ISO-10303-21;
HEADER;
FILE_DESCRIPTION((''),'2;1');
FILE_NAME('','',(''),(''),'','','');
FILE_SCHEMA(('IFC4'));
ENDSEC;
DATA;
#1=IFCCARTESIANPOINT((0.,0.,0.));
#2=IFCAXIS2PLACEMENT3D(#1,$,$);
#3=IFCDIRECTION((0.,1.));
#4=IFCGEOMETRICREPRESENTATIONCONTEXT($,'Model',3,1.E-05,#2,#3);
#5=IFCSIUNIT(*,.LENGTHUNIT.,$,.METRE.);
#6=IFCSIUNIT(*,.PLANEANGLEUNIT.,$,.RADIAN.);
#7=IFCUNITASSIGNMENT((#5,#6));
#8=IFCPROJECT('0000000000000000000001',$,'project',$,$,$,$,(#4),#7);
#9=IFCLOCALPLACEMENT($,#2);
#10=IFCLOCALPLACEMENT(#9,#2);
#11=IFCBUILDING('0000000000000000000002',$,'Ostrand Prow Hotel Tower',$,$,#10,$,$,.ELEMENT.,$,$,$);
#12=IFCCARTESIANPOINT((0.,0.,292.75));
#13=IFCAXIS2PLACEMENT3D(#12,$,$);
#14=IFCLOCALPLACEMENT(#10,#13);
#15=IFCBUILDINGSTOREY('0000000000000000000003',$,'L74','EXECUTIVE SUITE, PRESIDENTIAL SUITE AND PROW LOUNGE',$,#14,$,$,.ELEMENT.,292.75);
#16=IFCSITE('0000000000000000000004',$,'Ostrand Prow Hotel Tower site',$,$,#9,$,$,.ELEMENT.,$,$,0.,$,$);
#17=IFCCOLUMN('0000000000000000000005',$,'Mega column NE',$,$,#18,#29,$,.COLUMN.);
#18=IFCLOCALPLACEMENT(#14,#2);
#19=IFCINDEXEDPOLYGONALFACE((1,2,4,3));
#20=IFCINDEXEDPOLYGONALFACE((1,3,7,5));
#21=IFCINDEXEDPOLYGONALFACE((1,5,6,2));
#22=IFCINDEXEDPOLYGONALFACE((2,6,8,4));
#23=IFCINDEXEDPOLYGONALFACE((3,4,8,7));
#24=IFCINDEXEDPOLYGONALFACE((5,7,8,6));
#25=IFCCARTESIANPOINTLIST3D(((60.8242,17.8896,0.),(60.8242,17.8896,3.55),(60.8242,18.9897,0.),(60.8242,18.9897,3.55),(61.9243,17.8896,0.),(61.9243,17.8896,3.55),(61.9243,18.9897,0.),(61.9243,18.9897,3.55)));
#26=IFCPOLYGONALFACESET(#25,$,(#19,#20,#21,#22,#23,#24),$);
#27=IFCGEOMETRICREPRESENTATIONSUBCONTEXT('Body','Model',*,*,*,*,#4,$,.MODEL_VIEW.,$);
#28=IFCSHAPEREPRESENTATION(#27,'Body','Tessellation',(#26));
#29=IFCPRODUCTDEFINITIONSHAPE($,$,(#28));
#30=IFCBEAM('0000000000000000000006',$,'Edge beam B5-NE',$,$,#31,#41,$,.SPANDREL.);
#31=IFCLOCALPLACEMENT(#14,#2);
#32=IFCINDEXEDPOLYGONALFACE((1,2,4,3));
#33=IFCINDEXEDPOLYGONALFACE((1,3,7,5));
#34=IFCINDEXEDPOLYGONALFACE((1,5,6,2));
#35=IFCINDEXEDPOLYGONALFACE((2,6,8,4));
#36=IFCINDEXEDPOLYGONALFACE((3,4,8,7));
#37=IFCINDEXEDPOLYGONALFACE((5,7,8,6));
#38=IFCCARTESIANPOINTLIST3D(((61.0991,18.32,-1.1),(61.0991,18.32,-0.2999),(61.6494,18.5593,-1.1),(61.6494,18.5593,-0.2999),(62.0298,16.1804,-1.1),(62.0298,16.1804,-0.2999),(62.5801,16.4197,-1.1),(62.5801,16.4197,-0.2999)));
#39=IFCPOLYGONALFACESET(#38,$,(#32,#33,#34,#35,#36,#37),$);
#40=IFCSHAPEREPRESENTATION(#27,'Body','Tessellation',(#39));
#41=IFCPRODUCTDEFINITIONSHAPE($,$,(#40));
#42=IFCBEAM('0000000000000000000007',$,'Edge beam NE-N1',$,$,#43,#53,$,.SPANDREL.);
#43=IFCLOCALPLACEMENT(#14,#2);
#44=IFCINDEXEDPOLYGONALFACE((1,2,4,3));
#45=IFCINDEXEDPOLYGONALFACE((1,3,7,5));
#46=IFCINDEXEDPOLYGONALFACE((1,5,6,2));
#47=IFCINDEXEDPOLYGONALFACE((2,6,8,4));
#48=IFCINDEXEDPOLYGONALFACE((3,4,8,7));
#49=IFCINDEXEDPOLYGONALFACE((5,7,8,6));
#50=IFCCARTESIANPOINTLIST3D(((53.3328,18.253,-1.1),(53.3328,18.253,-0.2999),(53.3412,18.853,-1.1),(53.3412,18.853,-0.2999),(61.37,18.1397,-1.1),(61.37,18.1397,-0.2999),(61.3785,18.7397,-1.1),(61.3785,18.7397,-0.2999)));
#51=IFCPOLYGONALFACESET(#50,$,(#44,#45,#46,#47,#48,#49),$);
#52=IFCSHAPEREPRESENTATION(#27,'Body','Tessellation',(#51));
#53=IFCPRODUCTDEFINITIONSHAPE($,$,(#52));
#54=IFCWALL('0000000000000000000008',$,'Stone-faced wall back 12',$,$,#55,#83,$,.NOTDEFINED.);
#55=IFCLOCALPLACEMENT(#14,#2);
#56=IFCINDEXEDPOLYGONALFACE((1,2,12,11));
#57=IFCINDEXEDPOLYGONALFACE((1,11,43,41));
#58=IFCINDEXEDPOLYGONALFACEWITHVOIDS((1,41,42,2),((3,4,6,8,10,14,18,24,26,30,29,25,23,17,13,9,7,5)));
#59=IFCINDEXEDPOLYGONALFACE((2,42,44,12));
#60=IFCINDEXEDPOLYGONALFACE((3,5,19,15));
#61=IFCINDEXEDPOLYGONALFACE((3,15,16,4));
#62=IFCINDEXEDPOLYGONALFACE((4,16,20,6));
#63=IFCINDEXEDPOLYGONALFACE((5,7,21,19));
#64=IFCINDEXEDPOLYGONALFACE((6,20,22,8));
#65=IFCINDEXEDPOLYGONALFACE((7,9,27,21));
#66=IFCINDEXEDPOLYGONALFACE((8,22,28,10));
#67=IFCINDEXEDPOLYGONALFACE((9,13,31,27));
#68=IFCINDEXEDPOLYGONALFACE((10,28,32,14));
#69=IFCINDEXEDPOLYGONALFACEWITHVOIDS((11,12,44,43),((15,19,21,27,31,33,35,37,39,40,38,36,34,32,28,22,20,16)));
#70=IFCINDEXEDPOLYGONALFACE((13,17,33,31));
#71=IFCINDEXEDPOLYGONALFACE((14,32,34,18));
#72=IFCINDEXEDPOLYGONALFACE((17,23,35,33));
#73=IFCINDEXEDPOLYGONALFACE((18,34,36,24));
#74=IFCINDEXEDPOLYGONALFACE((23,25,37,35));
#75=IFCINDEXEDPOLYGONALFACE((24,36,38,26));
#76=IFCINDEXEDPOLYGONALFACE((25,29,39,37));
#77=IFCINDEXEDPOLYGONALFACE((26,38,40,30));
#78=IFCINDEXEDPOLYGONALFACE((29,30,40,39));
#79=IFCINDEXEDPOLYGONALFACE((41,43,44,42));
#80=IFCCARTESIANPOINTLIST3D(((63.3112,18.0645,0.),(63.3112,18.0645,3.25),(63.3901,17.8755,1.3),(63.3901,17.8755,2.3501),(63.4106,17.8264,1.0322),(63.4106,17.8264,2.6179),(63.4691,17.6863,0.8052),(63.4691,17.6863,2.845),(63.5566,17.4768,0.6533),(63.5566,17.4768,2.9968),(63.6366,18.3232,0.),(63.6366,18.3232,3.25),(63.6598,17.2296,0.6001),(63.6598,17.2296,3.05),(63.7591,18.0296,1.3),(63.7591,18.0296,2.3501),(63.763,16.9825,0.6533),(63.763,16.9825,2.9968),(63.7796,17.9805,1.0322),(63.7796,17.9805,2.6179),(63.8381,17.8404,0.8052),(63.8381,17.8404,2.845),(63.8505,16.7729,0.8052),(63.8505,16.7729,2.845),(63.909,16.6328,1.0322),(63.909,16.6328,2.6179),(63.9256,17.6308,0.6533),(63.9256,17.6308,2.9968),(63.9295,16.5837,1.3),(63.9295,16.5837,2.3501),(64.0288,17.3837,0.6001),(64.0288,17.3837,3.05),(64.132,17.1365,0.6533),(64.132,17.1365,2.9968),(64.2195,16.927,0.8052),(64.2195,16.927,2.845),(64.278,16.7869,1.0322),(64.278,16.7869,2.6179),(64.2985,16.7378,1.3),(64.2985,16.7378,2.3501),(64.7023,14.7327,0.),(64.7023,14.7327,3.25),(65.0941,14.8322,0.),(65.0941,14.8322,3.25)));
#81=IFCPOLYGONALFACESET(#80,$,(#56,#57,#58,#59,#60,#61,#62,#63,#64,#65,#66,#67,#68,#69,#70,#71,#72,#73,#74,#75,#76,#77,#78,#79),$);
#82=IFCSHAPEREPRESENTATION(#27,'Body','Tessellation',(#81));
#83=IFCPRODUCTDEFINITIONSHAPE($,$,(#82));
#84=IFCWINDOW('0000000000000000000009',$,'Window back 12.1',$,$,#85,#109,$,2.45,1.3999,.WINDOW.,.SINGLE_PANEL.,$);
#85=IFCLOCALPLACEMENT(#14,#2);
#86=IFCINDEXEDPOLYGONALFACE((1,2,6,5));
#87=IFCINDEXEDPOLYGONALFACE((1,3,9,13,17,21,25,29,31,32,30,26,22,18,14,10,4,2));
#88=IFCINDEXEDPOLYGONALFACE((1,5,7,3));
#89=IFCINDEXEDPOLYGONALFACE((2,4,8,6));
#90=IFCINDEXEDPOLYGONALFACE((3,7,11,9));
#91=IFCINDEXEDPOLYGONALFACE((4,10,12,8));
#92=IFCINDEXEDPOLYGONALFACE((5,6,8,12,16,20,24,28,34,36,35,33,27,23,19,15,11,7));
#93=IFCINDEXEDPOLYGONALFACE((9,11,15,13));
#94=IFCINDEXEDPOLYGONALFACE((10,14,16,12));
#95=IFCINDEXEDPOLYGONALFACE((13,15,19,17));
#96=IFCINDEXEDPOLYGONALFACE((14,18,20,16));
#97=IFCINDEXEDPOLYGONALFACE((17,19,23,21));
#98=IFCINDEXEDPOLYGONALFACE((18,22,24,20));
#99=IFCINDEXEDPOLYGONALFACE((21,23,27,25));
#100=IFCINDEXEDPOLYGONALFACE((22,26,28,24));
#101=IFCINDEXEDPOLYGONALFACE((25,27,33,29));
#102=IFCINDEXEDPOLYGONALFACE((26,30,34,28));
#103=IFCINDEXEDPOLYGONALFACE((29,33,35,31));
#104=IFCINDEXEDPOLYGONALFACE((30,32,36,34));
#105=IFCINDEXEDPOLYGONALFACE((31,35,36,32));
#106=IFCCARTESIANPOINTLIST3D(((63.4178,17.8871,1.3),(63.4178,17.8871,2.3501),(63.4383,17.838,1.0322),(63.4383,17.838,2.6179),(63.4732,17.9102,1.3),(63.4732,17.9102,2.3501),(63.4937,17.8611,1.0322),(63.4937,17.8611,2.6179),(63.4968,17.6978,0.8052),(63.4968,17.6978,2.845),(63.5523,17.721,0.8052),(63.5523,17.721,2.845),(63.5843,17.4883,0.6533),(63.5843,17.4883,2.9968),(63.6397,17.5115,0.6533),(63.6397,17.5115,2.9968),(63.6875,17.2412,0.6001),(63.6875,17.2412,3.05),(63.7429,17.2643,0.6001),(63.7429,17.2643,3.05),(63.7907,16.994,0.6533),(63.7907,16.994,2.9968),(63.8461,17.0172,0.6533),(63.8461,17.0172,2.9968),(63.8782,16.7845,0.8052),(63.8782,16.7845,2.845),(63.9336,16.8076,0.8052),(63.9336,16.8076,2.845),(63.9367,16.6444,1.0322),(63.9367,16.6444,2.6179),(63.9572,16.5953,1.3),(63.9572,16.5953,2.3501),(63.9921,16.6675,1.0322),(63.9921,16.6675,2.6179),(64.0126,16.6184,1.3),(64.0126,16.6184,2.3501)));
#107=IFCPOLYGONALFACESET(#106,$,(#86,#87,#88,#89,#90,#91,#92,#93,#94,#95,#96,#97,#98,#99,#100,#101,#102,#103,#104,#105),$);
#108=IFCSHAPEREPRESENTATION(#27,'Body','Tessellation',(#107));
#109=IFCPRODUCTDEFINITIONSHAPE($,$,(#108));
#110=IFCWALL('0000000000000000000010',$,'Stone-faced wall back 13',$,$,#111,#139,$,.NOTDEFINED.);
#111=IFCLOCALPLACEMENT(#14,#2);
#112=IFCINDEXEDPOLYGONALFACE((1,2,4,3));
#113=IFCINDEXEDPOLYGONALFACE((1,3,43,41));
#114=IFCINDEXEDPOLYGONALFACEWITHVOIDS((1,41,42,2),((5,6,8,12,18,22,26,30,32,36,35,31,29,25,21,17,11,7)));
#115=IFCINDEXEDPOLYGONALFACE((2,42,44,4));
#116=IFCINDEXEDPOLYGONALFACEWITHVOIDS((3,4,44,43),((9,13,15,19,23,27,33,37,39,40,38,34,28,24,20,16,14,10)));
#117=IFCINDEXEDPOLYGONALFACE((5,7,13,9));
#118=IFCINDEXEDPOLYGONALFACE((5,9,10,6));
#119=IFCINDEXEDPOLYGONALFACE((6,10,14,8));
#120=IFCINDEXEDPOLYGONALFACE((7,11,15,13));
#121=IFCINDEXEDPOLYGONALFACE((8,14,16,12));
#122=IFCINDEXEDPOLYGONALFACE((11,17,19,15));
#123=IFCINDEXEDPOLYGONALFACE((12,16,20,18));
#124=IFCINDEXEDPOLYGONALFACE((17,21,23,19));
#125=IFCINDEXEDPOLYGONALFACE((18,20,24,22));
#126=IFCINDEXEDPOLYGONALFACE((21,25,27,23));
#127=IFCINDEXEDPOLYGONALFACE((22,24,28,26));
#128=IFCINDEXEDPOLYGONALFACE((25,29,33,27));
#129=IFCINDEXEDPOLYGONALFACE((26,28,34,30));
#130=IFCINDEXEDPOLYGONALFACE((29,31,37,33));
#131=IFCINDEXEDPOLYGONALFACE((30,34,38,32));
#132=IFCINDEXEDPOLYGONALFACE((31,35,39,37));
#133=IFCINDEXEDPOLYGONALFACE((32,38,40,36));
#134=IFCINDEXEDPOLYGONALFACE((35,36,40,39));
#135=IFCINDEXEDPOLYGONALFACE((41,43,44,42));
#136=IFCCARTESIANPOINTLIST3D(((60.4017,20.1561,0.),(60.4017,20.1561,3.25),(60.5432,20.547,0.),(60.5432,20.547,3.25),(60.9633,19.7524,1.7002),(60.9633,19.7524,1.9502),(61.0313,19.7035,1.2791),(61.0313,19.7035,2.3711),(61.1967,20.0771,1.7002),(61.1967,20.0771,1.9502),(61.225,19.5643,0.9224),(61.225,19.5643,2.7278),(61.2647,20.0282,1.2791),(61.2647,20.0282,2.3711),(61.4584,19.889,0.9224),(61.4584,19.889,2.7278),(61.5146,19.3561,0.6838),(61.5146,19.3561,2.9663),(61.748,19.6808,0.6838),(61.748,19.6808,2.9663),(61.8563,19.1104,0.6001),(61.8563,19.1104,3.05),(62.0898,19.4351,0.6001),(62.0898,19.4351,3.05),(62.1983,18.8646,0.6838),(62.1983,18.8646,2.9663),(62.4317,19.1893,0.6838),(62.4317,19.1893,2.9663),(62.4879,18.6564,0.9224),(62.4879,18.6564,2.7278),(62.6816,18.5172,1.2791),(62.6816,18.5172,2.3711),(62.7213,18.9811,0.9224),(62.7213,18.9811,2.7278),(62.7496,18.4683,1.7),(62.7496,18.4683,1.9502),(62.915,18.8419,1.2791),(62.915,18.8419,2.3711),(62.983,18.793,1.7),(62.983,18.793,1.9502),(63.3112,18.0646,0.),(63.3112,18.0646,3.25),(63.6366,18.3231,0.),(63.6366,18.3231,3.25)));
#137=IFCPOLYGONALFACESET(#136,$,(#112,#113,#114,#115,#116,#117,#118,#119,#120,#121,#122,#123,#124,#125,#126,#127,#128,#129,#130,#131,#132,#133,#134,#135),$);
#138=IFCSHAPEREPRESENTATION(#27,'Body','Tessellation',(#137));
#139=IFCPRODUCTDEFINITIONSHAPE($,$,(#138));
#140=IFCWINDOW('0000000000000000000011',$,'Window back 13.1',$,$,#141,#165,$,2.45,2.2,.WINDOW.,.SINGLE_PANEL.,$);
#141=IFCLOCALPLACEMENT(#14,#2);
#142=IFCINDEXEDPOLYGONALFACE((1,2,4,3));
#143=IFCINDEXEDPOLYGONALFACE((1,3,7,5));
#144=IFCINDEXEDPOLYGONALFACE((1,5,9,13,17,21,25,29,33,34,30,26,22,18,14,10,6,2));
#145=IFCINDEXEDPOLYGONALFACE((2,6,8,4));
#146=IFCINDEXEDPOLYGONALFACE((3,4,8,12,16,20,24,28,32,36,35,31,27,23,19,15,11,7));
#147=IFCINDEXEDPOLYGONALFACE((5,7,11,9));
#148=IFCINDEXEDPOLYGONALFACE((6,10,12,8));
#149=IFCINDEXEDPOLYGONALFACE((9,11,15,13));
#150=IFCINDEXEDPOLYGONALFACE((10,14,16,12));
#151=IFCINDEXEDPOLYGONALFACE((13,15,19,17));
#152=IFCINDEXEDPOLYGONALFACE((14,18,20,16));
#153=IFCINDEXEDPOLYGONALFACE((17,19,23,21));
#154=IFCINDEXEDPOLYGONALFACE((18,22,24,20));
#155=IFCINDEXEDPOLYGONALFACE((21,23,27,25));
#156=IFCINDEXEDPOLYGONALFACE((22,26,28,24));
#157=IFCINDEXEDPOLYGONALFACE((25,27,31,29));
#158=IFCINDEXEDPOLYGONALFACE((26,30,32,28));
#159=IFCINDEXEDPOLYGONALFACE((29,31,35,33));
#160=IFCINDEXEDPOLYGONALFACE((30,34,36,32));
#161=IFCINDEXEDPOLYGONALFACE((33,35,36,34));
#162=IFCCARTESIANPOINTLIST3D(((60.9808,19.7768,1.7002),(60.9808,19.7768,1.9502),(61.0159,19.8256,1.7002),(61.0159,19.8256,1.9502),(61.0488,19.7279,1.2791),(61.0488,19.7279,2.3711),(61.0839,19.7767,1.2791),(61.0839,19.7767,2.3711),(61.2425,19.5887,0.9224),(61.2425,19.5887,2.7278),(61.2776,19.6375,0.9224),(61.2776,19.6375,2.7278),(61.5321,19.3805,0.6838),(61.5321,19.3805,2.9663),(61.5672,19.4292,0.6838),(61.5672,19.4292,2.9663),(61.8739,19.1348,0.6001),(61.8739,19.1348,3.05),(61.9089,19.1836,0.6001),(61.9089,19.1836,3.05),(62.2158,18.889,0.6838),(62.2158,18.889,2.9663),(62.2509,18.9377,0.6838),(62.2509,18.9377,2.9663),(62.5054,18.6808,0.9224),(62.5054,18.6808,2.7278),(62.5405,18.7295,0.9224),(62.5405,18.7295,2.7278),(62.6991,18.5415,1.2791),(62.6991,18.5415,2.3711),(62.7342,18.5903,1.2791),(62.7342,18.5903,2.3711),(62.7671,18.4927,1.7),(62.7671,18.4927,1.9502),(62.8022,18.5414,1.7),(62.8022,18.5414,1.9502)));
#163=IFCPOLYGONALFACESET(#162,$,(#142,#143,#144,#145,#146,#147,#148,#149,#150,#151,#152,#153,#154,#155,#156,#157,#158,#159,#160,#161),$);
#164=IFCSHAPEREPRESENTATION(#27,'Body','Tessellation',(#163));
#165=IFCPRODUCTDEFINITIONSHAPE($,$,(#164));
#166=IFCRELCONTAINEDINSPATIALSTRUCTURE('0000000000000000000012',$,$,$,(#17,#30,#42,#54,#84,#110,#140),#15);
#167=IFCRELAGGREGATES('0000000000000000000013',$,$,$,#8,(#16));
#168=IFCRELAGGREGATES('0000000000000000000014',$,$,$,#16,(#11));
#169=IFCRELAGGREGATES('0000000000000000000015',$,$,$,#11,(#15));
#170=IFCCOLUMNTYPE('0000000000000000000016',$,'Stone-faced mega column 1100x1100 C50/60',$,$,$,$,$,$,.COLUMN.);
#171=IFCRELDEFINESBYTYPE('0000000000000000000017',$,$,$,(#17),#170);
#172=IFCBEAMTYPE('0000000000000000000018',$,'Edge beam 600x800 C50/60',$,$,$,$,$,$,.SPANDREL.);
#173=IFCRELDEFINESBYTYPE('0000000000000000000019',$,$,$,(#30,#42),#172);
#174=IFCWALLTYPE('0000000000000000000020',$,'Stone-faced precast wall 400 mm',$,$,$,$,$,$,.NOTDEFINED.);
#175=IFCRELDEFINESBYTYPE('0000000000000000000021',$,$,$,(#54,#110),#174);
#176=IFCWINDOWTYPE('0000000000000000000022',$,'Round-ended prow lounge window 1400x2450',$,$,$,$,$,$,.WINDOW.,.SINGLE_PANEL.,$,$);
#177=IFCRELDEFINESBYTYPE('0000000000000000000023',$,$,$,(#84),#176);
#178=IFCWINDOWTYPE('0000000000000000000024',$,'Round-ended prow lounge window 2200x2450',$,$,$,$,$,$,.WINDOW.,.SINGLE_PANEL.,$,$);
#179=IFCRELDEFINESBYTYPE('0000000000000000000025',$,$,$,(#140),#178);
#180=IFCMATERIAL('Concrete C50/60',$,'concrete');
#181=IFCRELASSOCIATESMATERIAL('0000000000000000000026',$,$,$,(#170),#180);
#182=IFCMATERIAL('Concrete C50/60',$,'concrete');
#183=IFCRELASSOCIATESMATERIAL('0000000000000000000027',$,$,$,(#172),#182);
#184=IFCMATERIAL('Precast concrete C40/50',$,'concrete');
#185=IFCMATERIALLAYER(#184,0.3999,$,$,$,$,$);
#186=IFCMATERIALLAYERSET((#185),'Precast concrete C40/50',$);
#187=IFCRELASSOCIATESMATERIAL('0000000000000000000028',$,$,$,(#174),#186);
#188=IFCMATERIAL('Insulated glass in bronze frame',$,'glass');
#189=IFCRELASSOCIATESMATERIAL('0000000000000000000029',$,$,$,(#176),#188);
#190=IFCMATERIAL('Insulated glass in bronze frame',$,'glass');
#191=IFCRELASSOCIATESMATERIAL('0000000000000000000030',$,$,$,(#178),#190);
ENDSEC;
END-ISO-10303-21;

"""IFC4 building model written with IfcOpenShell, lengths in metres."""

from ifc_helpers import new_model, si_unit, direction, frame, origin, origin_2d, place, context, subcontext, project, spatial, polyline, rectangle, outline, extrude, material, layer, layer_set, material_profile, profile_set, type_object, element, fill, save


model = new_model("IFC4")

# Units and contexts
model_context = context("Model", 3, precision=1e-05, world=origin(), true_north=direction((0.0, 1.0)))
body_context = subcontext(model_context, "Body", "Model", "MODEL_VIEW")
ifc_project = project(units=[si_unit("LENGTHUNIT", "METRE"), si_unit("PLANEANGLEUNIT", "RADIAN")], contexts=[model_context])

# Site, building, storey
site_placement = place(None, origin())
site = spatial("IfcSite", under=ifc_project, at=site_placement, Name="Ostrand Prow Hotel Tower site", CompositionType="ELEMENT", RefElevation=0.0)
building_placement = place(site_placement, origin())
building = spatial("IfcBuilding", under=site, at=building_placement, Name="Ostrand Prow Hotel Tower", CompositionType="ELEMENT")
storey_placement = place(building_placement, frame((0.0, 0.0, 292.75)))
storey = spatial("IfcBuildingStorey", under=building, at=storey_placement, Name="L74", Description="EXECUTIVE SUITE, PRESIDENTIAL SUITE AND PROW LOUNGE", CompositionType="ELEMENT", Elevation=292.75)

# Column
ifc_material_1 = material(Name="Concrete C50/60", Category="concrete")
ifc_material_profile_1 = material_profile(ifc_material_1, rectangle(XDim=1.1001, YDim=1.1001, at=origin_2d()), Name="RC 1100x1100")
ifc_profile_set_1 = profile_set([ifc_material_profile_1], Name="Concrete C50/60")
column_type = type_object("IfcColumnType", Name="Stone-faced mega column 1100x1100 C50/60", PredefinedType="COLUMN", material=ifc_profile_set_1)
column_placement = place(storey_placement, frame((61.3743, 18.4397, 0.0), z_axis=(0.0, 0.0, 1.0), x_axis=(1.0, 0.0, 0.0)))
element("IfcColumn", 1, at=column_placement, inside=storey, type_object=column_type, Name="Mega column NE", PredefinedType="COLUMN", context=body_context, shape_type="SweptSolid", body=[
    extrude(rectangle(XDim=1.1001, YDim=1.1001, at=origin_2d()), origin(), (0.0, 0.0, 1.0), 3.55),
])

# Beams
ifc_material_2 = material(Name="Concrete C50/60", Category="concrete")
ifc_material_profile_2 = material_profile(ifc_material_2, rectangle(XDim=0.6001, YDim=0.8, at=origin_2d()), Name="RC 600x800")
ifc_profile_set_2 = profile_set([ifc_material_profile_2], Name="Concrete C50/60")
beam_type = type_object("IfcBeamType", Name="Edge beam 600x800 C50/60", PredefinedType="SPANDREL", material=ifc_profile_set_2)
beam_1_placement = place(storey_placement, frame((62.3049, 16.3, -0.7), z_axis=(-0.398864, 0.91701, 0.0), x_axis=(-0.91701, -0.398864, 0.0)))
element("IfcBeam", 2, at=beam_1_placement, inside=storey, type_object=beam_type, Name="Edge beam B5-NE", PredefinedType="SPANDREL", context=body_context, shape_type="SweptSolid", body=[
    extrude(rectangle(XDim=0.6001, YDim=0.8, at=origin_2d()), origin(), (0.0, 0.0, 1.0), 2.3333),
])
beam_2_placement = place(storey_placement, frame((61.3743, 18.4397, -0.7), z_axis=(-0.999901, 0.014093, 0.0), x_axis=(-0.014093, -0.999901, 0.0)))
element("IfcBeam", 3, at=beam_2_placement, inside=storey, type_object=beam_type, Name="Edge beam NE-N1", PredefinedType="SPANDREL", context=body_context, shape_type="SweptSolid", body=[
    extrude(rectangle(XDim=0.6001, YDim=0.8, at=origin_2d()), origin(), (0.0, 0.0, 1.0), 8.0381),
])

# Walls, openings, windows
ifc_material_3 = material(Name="Precast concrete C40/50", Category="concrete")
ifc_layer_1 = layer(ifc_material_3, 0.3999)
ifc_layer_set_1 = layer_set([ifc_layer_1], Name="Precast concrete C40/50")
wall_type = type_object("IfcWallType", Name="Stone-faced precast wall 400 mm", PredefinedType="NOTDEFINED", material=ifc_layer_set_1)
wall_1_placement = place(storey_placement, frame((64.8982, 14.7825, 0.0), z_axis=(0.0, 0.0, 1.0), x_axis=(-0.385286, 0.922797, 0.0)))
wall_1 = element("IfcWall", 4, at=wall_1_placement, inside=storey, type_object=wall_type, Name="Stone-faced wall back 12", PredefinedType="NOTDEFINED", context=body_context, shape_type="SweptSolid", body=[
    extrude(outline(polyline([(-0.0295, -0.2), (3.7534, -0.2), (3.6401, 0.2), (0.0295, 0.2), (-0.0295, -0.2)])), origin(), (0.0, 0.0, 1.0), 3.25),
])
opening_1_placement = place(wall_1_placement, frame((2.0354, 0.0, 0.6001)))
opening_1 = element("IfcOpeningElement", 5, at=opening_1_placement, cuts=wall_1, PredefinedType="OPENING", context=body_context, shape_type="SweptSolid", body=[
    extrude(outline(polyline([(0.0, 1.75), (0.0532, 2.0178), (0.2051, 2.2449), (0.4321, 2.3967), (0.7, 2.45), (0.9678, 2.3967), (1.1948, 2.2449), (1.3467, 2.0178), (1.3999, 1.75), (1.3999, 0.7), (1.3467, 0.4321), (1.1948, 0.2051), (0.9678, 0.0532), (0.7, 0.0), (0.4321, 0.0532), (0.2051, 0.2051), (0.0532, 0.4321), (0.0, 0.7), (0.0, 1.75)])), frame((0.0, 0.21, 0.0), z_axis=(0.0, -1.0, 0.0), x_axis=(1.0, 0.0, 0.0)), (0.0, 0.0, 1.0), 0.4199),
])
ifc_material_4 = material(Name="Insulated glass in bronze frame", Category="glass")
window_type_1 = type_object("IfcWindowType", Name="Round-ended prow lounge window 1400x2450", PartitioningType="SINGLE_PANEL", PredefinedType="WINDOW", material=ifc_material_4)
window_1_placement = place(opening_1_placement, origin())
window_1 = element("IfcWindow", 6, at=window_1_placement, inside=storey, type_object=window_type_1, Name="Window back 12.1", OverallHeight=2.45, OverallWidth=1.3999, PartitioningType="SINGLE_PANEL", PredefinedType="WINDOW", context=body_context, shape_type="SweptSolid", body=[
    extrude(outline(polyline([(0.0, 1.75), (0.0532, 2.0178), (0.2051, 2.2449), (0.4321, 2.3967), (0.7, 2.45), (0.9678, 2.3967), (1.1948, 2.2449), (1.3467, 2.0178), (1.3999, 1.75), (1.3999, 0.7), (1.3467, 0.4321), (1.1948, 0.2051), (0.9678, 0.0532), (0.7, 0.0), (0.4321, 0.0532), (0.2051, 0.2051), (0.0532, 0.4321), (0.0, 0.7), (0.0, 1.75)])), frame((0.0, 0.1699, 0.0), z_axis=(0.0, -1.0, 0.0), x_axis=(1.0, 0.0, 0.0)), (0.0, 0.0, 1.0), 0.0601),
])
fill(opening_1, window_1)
wall_2_placement = place(storey_placement, frame((63.4739, 18.1938, 0.0), z_axis=(0.0, 0.0, 1.0), x_axis=(-0.811963, 0.58371, 0.0)))
wall_2 = element("IfcWall", 7, at=wall_2_placement, inside=storey, type_object=wall_type, Name="Stone-faced wall back 13", PredefinedType="NOTDEFINED", context=body_context, shape_type="SweptSolid", body=[
    extrude(outline(polyline([(-0.0566, -0.2), (3.7532, -0.2), (3.6399, 0.2), (0.0566, 0.2), (-0.0566, -0.2)])), origin(), (0.0, 0.0, 1.0), 3.25),
])
opening_2_placement = place(wall_2_placement, frame((0.7483, 0.0, 0.6001)))
opening_2 = element("IfcOpeningElement", 8, at=opening_2_placement, cuts=wall_2, PredefinedType="OPENING", context=body_context, shape_type="SweptSolid", body=[
    extrude(outline(polyline([(0.0, 1.3501), (0.0837, 1.771), (0.3223, 2.1277), (0.679, 2.3662), (1.1001, 2.45), (1.521, 2.3662), (1.8777, 2.1277), (2.1162, 1.771), (2.2, 1.3501), (2.2, 1.1001), (2.1162, 0.679), (1.8777, 0.3223), (1.521, 0.0837), (1.1001, 0.0), (0.679, 0.0837), (0.3223, 0.3223), (0.0837, 0.679), (0.0, 1.0999), (0.0, 1.3501)])), frame((0.0, 0.21, 0.0), z_axis=(0.0, -1.0, 0.0), x_axis=(1.0, 0.0, 0.0)), (0.0, 0.0, 1.0), 0.4199),
])
ifc_material_5 = material(Name="Insulated glass in bronze frame", Category="glass")
window_type_2 = type_object("IfcWindowType", Name="Round-ended prow lounge window 2200x2450", PartitioningType="SINGLE_PANEL", PredefinedType="WINDOW", material=ifc_material_5)
window_2_placement = place(opening_2_placement, origin())
window_2 = element("IfcWindow", 9, at=window_2_placement, inside=storey, type_object=window_type_2, Name="Window back 13.1", OverallHeight=2.45, OverallWidth=2.2, PartitioningType="SINGLE_PANEL", PredefinedType="WINDOW", context=body_context, shape_type="SweptSolid", body=[
    extrude(outline(polyline([(0.0, 1.3501), (0.0837, 1.771), (0.3223, 2.1277), (0.679, 2.3662), (1.1001, 2.45), (1.521, 2.3662), (1.8777, 2.1277), (2.1162, 1.771), (2.2, 1.3501), (2.2, 1.1001), (2.1162, 0.679), (1.8777, 0.3223), (1.521, 0.0837), (1.1001, 0.0), (0.679, 0.0837), (0.3223, 0.3223), (0.0837, 0.679), (0.0, 1.0999), (0.0, 1.3501)])), frame((0.0, 0.1699, 0.0), z_axis=(0.0, -1.0, 0.0), x_axis=(1.0, 0.0, 0.0)), (0.0, 0.0, 1.0), 0.0601),
])
fill(opening_2, window_2)

save(model, "model.ifc")
